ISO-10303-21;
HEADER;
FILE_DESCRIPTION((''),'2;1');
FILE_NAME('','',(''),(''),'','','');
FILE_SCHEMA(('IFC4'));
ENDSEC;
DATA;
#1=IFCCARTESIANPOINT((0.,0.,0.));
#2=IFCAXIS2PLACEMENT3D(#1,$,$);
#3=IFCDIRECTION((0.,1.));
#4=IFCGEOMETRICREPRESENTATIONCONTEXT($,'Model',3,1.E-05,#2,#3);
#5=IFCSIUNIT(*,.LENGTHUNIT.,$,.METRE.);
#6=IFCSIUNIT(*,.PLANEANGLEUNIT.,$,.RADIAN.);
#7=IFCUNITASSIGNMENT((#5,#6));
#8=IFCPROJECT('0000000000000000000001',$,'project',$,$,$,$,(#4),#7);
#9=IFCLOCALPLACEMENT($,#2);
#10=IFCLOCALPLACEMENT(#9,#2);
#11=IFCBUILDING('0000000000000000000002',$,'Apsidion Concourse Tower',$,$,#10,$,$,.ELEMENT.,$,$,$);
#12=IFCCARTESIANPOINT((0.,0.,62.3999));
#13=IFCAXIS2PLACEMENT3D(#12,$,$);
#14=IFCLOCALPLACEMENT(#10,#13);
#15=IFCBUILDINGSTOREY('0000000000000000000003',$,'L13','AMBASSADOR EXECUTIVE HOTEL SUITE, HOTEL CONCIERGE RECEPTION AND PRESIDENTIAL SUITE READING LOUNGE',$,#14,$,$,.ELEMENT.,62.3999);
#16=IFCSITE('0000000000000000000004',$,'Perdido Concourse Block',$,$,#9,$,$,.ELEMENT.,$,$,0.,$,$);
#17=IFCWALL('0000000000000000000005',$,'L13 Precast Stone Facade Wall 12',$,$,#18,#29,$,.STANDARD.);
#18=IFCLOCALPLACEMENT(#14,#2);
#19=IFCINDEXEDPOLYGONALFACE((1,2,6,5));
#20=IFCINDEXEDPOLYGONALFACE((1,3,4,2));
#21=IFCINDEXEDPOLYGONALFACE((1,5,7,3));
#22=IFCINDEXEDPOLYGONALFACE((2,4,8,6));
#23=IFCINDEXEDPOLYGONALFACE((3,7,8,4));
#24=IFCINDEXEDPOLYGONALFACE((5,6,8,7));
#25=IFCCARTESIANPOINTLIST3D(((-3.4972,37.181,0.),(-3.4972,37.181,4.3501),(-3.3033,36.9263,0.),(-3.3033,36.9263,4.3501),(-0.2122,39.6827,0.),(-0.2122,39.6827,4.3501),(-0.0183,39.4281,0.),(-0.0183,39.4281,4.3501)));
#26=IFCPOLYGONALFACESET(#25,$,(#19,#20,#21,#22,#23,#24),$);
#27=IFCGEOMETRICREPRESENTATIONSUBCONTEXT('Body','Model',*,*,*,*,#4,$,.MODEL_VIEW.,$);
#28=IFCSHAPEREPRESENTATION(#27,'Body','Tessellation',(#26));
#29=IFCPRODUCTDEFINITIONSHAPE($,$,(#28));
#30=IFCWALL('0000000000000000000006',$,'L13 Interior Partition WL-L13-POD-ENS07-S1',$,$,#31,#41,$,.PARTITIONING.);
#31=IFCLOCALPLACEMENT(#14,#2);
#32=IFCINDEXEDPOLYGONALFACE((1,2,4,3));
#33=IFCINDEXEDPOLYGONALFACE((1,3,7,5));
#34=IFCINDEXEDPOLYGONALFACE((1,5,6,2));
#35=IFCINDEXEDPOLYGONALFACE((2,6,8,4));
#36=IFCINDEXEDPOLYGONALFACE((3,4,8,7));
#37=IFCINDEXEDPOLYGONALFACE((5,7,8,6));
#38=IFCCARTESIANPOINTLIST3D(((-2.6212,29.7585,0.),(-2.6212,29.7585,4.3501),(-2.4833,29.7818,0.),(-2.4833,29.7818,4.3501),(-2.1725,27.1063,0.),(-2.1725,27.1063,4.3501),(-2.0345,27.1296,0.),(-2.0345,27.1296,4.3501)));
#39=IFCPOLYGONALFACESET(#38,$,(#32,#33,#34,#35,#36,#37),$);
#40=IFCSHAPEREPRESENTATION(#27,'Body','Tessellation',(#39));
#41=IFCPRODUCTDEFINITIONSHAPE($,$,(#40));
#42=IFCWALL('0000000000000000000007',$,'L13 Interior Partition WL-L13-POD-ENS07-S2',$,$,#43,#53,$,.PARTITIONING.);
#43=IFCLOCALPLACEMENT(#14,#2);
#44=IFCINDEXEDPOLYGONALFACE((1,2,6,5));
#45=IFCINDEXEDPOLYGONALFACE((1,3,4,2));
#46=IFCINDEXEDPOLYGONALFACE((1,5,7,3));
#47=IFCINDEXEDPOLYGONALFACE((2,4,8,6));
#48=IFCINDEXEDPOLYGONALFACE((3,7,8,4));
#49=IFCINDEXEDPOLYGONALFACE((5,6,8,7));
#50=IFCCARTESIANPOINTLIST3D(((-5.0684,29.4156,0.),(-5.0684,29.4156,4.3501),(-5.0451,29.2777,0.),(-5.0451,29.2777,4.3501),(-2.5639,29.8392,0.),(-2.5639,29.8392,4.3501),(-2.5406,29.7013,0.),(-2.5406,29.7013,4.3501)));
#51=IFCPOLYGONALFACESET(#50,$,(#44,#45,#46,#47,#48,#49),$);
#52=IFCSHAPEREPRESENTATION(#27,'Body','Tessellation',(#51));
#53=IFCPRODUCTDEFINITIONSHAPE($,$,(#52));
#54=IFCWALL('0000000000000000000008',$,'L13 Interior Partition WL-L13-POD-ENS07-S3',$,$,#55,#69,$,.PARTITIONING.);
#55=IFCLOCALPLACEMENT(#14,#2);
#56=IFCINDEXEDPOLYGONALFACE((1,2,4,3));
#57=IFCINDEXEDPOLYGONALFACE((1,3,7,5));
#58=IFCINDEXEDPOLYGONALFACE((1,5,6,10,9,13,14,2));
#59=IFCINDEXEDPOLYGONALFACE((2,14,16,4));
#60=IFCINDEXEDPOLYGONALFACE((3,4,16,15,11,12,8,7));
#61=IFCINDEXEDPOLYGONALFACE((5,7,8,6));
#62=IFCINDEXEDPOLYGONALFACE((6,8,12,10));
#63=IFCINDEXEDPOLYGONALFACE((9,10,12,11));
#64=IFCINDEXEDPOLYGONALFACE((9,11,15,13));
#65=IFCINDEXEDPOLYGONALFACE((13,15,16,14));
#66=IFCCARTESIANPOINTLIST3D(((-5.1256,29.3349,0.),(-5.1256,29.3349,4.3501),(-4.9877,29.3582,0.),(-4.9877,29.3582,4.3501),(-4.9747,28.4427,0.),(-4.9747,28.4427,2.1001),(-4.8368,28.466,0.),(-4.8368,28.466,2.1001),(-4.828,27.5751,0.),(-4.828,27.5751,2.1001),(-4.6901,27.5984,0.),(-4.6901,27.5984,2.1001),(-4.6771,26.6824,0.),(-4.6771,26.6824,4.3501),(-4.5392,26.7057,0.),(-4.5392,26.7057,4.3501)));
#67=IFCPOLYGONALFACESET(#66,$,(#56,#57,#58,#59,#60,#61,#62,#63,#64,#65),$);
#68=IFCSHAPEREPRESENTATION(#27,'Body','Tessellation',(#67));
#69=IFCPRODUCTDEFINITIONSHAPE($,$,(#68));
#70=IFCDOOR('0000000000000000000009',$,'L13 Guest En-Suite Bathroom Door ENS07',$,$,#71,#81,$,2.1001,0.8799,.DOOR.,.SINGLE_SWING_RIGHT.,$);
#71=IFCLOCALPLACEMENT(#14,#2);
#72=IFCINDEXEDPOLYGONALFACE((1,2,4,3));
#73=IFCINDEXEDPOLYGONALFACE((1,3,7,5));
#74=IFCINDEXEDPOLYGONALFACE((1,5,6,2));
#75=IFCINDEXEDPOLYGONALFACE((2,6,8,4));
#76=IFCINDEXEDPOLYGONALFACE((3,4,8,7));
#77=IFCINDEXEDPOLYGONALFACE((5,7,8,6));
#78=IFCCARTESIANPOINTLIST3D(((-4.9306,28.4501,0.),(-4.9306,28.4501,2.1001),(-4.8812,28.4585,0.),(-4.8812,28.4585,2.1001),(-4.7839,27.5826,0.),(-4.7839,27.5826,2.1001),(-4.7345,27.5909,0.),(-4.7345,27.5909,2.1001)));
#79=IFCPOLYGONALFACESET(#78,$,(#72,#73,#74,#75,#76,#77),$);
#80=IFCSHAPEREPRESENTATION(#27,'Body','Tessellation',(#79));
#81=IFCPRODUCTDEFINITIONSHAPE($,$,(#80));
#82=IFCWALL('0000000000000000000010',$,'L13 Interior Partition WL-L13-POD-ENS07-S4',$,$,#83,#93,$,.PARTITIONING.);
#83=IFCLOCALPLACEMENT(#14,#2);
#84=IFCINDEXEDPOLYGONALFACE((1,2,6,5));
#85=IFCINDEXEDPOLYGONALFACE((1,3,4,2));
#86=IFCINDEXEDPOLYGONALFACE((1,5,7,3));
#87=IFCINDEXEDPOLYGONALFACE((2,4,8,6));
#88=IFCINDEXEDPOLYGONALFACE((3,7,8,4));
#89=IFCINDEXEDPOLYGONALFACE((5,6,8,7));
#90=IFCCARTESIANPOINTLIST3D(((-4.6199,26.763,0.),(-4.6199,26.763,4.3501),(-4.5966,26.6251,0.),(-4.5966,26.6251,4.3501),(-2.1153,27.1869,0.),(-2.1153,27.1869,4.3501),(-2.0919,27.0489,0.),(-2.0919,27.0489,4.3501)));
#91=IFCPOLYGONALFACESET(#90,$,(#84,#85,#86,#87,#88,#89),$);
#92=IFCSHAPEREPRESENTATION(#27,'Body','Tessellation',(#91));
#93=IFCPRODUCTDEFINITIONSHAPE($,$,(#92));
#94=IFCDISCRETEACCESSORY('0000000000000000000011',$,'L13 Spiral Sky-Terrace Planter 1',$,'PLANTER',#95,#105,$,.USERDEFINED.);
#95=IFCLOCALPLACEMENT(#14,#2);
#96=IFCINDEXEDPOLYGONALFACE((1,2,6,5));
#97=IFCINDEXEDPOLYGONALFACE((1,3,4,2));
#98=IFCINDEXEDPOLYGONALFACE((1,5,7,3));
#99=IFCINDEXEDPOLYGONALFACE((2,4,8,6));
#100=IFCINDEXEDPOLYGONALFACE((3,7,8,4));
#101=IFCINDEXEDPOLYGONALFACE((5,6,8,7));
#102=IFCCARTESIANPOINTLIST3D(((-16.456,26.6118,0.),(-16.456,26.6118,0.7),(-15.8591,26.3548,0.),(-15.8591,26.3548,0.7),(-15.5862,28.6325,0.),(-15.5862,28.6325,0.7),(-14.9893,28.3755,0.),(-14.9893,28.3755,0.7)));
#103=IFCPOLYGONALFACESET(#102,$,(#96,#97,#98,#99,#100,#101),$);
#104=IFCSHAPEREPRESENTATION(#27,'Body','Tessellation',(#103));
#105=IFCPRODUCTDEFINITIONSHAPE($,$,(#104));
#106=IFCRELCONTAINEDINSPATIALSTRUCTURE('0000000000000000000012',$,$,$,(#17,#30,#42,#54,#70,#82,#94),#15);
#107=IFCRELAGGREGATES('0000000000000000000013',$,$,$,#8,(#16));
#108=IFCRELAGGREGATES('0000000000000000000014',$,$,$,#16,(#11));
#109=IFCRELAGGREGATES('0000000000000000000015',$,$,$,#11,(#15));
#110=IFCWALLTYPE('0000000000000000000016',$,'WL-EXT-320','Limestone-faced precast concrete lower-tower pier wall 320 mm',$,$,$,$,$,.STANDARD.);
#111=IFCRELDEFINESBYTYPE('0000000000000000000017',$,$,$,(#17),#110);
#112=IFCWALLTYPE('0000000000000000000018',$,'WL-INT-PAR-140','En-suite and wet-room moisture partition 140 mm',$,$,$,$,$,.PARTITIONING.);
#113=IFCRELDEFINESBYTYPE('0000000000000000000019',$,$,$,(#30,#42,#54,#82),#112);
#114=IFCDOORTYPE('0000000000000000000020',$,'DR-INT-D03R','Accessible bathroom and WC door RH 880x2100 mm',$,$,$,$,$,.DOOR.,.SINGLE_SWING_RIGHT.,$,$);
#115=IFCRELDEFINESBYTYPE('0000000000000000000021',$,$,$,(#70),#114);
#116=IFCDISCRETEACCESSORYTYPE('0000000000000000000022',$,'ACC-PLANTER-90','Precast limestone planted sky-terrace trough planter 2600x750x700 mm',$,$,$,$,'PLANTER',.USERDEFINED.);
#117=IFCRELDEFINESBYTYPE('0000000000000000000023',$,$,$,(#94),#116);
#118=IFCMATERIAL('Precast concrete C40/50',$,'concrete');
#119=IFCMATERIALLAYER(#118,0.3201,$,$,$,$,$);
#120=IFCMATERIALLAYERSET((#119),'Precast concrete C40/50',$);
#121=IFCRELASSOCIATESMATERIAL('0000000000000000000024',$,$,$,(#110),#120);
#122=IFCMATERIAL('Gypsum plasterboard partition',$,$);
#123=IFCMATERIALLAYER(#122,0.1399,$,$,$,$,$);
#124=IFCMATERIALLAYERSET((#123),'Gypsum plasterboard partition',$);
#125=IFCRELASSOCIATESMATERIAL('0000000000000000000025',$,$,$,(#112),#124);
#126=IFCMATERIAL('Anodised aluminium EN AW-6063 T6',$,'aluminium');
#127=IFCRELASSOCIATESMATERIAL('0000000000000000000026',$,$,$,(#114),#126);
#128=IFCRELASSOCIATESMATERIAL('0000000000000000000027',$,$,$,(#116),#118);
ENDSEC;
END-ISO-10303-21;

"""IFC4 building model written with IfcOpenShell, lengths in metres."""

from ifc_helpers import new_model, si_unit, direction, frame, frame_2d, origin, origin_2d, place, context, subcontext, project, spatial, rectangle, extrude, material, layer, layer_set, type_object, element, fill, save


model = new_model("IFC4")

# Units and contexts
model_context = context("Model", 3, precision=1e-05, world=origin(), true_north=direction((0.0, 1.0)))
body_context = subcontext(model_context, "Body", "Model", "MODEL_VIEW")
ifc_project = project(units=[si_unit("LENGTHUNIT", "METRE"), si_unit("PLANEANGLEUNIT", "RADIAN")], contexts=[model_context])

# Site, building, storey
site_placement = place(None, origin())
site = spatial("IfcSite", under=ifc_project, at=site_placement, Name="Perdido Concourse Block", CompositionType="ELEMENT", RefElevation=0.0)
building_placement = place(site_placement, origin())
building = spatial("IfcBuilding", under=site, at=building_placement, Name="Apsidion Concourse Tower", CompositionType="ELEMENT")
storey_placement = place(building_placement, frame((0.0, 0.0, 62.3999)))
storey = spatial("IfcBuildingStorey", under=building, at=storey_placement, Name="L13", Description="AMBASSADOR EXECUTIVE HOTEL SUITE, HOTEL CONCIERGE RECEPTION AND PRESIDENTIAL SUITE READING LOUNGE", CompositionType="ELEMENT", Elevation=62.3999)

# Shared definitions
ifc_material_1 = material(Name="Precast concrete C40/50", Category="concrete")
ifc_layer_1 = layer(ifc_material_1, 0.3201)
ifc_layer_set_1 = layer_set([ifc_layer_1], Name="Precast concrete C40/50")
wall_type_1 = type_object("IfcWallType", Name="WL-EXT-320", Description="Limestone-faced precast concrete lower-tower pier wall 320 mm", PredefinedType="STANDARD", material=ifc_layer_set_1)

# Walls
wall_1_placement = place(storey_placement, frame((-3.4001, 37.0537, 0.0), z_axis=(0.0, 0.0, 1.0), x_axis=(0.795558, 0.605878, 0.0)))
element("IfcWall", 1, at=wall_1_placement, inside=storey, type_object=wall_type_1, Name="L13 Precast Stone Facade Wall 12", PredefinedType="STANDARD", context=body_context, shape_type="SweptSolid", body=[
    extrude(rectangle(XDim=4.1292, YDim=0.3201, at=frame_2d((2.0645, 0.0))), origin(), (0.0, 0.0, 1.0), 4.3501),
])
ifc_material_2 = material(Name="Gypsum plasterboard partition")
ifc_layer_2 = layer(ifc_material_2, 0.1399)
ifc_layer_set_2 = layer_set([ifc_layer_2], Name="Gypsum plasterboard partition")
wall_type_2 = type_object("IfcWallType", Name="WL-INT-PAR-140", Description="En-suite and wet-room moisture partition 140 mm", PredefinedType="PARTITIONING", material=ifc_layer_set_2)
wall_2_placement = place(storey_placement, frame((-2.1035, 27.1179, 0.0), z_axis=(0.0, 0.0, 1.0), x_axis=(-0.166812, 0.985989, 0.0)))
element("IfcWall", 2, at=wall_2_placement, inside=storey, type_object=wall_type_2, Name="L13 Interior Partition WL-L13-POD-ENS07-S1", PredefinedType="PARTITIONING", context=body_context, shape_type="SweptSolid", body=[
    extrude(rectangle(XDim=2.6899, YDim=0.1399, at=frame_2d((1.345, 0.0))), origin(), (0.0, 0.0, 1.0), 4.3501),
])
wall_3_placement = place(storey_placement, frame((-2.5522, 29.7703, 0.0), z_axis=(0.0, 0.0, 1.0), x_axis=(-0.985996, -0.166768, 0.0)))
element("IfcWall", 3, at=wall_3_placement, inside=storey, type_object=wall_type_2, Name="L13 Interior Partition WL-L13-POD-ENS07-S2", PredefinedType="PARTITIONING", context=body_context, shape_type="SweptSolid", body=[
    extrude(rectangle(XDim=2.54, YDim=0.1399, at=frame_2d((1.27, 0.0))), origin(), (0.0, 0.0, 1.0), 4.3501),
])

# Wall, opening, door
wall_4_placement = place(storey_placement, frame((-5.0566, 29.3467, 0.0), z_axis=(0.0, 0.0, 1.0), x_axis=(0.166709, -0.986006, 0.0)))
wall_4 = element("IfcWall", 4, at=wall_4_placement, inside=storey, type_object=wall_type_2, Name="L13 Interior Partition WL-L13-POD-ENS07-S3", PredefinedType="PARTITIONING", context=body_context, shape_type="SweptSolid", body=[
    extrude(rectangle(XDim=2.6902, YDim=0.1399, at=frame_2d((1.3452, 0.0))), origin(), (0.0, 0.0, 1.0), 4.3501),
])
opening_1_placement = place(wall_4_placement, frame((0.905, 0.0, 0.0)))
opening_1 = element("IfcOpeningElement", 5, at=opening_1_placement, cuts=wall_4, PredefinedType="OPENING", context=body_context, shape_type="SweptSolid", body=[
    extrude(rectangle(XDim=0.8799, YDim=2.1001, at=frame_2d((0.4399, 1.05))), frame((0.0, 0.0801, 0.0), z_axis=(0.0, -1.0, 0.0), x_axis=(1.0, 0.0, 0.0)), (0.0, 0.0, 1.0), 0.1599),
])
ifc_material_3 = material(Name="Anodised aluminium EN AW-6063 T6", Category="aluminium")
door_type = type_object("IfcDoorType", Name="DR-INT-D03R", Description="Accessible bathroom and WC door RH 880x2100 mm", OperationType="SINGLE_SWING_RIGHT", PredefinedType="DOOR", material=ifc_material_3)
door_placement = place(opening_1_placement, origin())
door = element("IfcDoor", 6, at=door_placement, inside=storey, type_object=door_type, Name="L13 Guest En-Suite Bathroom Door ENS07", OperationType="SINGLE_SWING_RIGHT", OverallHeight=2.1001, OverallWidth=0.8799, PredefinedType="DOOR", context=body_context, shape_type="SweptSolid", body=[
    extrude(rectangle(XDim=0.8799, YDim=2.1001, at=frame_2d((0.4399, 1.05))), frame((0.0, 0.0249, 0.0), z_axis=(0.0, -1.0, 0.0), x_axis=(1.0, 0.0, 0.0)), (0.0, 0.0, 1.0), 0.05),
])
fill(opening_1, door)

# Wall
wall_5_placement = place(storey_placement, frame((-4.6082, 26.6941, 0.0), z_axis=(0.0, 0.0, 1.0), x_axis=(0.985983, 0.166845, 0.0)))
element("IfcWall", 7, at=wall_5_placement, inside=storey, type_object=wall_type_2, Name="L13 Interior Partition WL-L13-POD-ENS07-S4", PredefinedType="PARTITIONING", context=body_context, shape_type="SweptSolid", body=[
    extrude(rectangle(XDim=2.5403, YDim=0.1399, at=frame_2d((1.27, 0.0))), origin(), (0.0, 0.0, 1.0), 4.3501),
])

# Discrete accessory
discrete_accessory_type = type_object("IfcDiscreteAccessoryType", Name="ACC-PLANTER-90", Description="Precast limestone planted sky-terrace trough planter 2600x750x700 mm", ElementType="PLANTER", PredefinedType="USERDEFINED", material=ifc_material_1)
discrete_accessory_placement = place(storey_placement, frame((-15.7227, 27.4937, 0.0), z_axis=(0.0, 0.0, 1.0), x_axis=(-0.395385, -0.918515, 0.0)))
element("IfcDiscreteAccessory", 8, at=discrete_accessory_placement, inside=storey, type_object=discrete_accessory_type, Name="L13 Spiral Sky-Terrace Planter 1", ObjectType="PLANTER", PredefinedType="USERDEFINED", context=body_context, shape_type="SweptSolid", body=[
    extrude(rectangle(XDim=2.2, YDim=0.6499, at=origin_2d()), origin(), (0.0, 0.0, 1.0), 0.7),
])

save(model, "model.ifc")
